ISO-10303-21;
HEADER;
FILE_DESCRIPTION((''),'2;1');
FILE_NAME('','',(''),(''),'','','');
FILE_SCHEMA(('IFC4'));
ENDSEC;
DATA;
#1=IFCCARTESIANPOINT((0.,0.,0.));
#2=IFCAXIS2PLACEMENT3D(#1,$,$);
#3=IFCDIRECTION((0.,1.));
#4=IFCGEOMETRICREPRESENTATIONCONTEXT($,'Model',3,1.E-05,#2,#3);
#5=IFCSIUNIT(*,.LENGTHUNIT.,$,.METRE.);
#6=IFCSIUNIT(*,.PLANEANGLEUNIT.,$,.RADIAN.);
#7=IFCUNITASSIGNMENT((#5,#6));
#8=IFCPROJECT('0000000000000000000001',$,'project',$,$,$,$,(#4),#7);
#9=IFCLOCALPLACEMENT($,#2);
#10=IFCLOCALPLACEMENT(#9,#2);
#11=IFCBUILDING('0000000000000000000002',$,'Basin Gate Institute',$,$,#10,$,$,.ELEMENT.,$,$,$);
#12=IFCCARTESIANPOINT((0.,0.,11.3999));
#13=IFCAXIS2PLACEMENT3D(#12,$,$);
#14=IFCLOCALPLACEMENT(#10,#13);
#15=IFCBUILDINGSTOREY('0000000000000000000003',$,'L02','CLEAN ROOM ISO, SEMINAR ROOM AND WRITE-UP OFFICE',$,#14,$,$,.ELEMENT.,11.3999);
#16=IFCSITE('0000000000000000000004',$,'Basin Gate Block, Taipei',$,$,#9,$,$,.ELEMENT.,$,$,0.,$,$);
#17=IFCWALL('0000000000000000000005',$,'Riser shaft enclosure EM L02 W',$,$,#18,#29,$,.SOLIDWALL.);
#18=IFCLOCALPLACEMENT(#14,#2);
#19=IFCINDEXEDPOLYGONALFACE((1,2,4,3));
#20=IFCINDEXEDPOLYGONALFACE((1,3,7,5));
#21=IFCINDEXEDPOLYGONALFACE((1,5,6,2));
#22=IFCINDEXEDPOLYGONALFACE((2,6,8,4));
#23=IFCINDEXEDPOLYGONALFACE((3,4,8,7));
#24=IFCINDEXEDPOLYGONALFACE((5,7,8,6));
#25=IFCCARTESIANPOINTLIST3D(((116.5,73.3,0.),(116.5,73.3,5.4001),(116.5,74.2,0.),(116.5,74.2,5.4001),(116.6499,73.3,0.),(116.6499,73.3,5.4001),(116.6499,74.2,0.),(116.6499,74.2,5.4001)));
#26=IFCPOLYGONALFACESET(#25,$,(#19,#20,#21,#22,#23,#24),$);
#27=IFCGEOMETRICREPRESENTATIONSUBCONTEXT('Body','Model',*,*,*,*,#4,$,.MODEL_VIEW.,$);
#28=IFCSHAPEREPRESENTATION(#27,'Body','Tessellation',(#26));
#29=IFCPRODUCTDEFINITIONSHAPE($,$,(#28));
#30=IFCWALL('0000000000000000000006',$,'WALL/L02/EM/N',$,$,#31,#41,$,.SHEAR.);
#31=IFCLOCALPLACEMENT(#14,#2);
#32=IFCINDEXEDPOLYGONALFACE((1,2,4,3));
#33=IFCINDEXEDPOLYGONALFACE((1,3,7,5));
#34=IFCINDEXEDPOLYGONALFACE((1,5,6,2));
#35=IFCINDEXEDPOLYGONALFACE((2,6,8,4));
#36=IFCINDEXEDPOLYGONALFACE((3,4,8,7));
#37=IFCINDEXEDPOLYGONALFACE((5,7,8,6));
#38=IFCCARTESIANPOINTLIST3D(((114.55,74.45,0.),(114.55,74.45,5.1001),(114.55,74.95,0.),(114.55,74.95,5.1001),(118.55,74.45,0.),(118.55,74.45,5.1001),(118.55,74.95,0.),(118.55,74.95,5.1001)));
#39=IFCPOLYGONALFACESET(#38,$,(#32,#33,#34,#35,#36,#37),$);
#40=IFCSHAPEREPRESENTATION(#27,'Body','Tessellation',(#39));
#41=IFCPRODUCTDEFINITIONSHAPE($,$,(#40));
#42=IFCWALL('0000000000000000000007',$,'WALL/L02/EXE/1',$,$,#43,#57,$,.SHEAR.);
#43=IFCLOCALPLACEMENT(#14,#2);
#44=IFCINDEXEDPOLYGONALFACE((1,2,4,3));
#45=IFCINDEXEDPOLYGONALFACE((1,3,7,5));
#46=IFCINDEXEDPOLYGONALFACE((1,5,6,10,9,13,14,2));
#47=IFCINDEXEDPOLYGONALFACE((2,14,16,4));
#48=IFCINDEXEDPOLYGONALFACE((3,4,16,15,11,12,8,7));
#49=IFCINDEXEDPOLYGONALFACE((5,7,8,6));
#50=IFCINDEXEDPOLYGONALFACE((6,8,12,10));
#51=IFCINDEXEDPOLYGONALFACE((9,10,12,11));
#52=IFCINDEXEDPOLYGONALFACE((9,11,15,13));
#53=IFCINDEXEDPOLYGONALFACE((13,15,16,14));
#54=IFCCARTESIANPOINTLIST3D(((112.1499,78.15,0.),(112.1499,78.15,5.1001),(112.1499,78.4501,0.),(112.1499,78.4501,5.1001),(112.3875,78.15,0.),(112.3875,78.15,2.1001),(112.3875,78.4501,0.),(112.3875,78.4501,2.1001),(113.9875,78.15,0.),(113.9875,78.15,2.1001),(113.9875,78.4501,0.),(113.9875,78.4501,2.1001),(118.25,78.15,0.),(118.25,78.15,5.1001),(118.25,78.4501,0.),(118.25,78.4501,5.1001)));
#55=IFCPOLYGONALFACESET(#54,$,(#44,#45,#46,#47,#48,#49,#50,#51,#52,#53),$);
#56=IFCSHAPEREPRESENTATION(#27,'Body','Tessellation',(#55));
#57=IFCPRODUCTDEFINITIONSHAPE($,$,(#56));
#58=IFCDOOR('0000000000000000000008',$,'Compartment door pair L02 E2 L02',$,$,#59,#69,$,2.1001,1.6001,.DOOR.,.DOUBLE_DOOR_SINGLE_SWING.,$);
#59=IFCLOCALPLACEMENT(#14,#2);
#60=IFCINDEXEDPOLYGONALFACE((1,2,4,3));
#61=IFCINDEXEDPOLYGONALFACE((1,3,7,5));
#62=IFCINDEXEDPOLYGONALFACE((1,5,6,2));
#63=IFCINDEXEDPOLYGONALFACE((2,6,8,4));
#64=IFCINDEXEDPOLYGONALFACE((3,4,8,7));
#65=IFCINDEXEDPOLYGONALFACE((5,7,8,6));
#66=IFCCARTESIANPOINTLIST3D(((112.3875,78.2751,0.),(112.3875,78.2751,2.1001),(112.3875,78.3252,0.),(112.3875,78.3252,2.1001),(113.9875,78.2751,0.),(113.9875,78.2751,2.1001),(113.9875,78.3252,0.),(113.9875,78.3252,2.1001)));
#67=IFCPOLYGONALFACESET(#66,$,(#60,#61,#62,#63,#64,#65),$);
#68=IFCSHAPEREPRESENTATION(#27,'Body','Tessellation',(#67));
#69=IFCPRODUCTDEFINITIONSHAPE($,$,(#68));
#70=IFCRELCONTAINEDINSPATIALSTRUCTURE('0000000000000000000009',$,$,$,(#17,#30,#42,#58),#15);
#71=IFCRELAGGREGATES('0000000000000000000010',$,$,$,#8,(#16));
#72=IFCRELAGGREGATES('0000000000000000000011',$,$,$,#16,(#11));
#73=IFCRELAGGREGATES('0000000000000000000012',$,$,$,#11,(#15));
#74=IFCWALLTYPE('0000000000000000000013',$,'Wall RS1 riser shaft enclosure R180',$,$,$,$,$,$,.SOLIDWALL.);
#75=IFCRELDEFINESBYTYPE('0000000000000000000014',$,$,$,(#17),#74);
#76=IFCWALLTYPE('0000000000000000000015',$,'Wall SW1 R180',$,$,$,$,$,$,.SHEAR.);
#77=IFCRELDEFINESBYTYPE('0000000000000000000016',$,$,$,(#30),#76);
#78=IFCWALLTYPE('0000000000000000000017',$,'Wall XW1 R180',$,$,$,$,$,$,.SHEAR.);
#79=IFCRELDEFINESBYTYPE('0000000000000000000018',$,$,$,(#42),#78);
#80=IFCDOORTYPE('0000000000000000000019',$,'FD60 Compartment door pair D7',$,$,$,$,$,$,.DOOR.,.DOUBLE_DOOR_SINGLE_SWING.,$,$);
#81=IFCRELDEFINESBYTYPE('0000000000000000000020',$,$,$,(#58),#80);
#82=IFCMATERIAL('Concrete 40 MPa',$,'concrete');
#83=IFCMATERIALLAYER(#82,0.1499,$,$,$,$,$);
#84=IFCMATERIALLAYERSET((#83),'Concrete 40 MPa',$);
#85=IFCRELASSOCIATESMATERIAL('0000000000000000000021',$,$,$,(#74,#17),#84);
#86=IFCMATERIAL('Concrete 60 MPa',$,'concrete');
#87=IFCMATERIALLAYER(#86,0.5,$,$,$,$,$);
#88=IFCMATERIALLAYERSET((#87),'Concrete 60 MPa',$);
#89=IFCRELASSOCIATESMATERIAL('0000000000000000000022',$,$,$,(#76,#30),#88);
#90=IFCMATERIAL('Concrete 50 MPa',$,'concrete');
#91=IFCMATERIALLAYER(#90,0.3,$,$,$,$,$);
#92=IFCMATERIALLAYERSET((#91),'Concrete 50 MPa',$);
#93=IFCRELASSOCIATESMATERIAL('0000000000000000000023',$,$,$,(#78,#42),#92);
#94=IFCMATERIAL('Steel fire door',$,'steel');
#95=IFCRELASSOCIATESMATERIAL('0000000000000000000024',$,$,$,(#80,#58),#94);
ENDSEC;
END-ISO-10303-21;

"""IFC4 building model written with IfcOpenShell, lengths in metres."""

from ifc_helpers import new_model, si_unit, direction, frame, frame_2d, origin, place, context, subcontext, project, spatial, rectangle, extrude, material, layer, layer_set, type_object, element, fill, save


model = new_model("IFC4")

# Units and contexts
model_context = context("Model", 3, precision=1e-05, world=origin(), true_north=direction((0.0, 1.0)))
body_context = subcontext(model_context, "Body", "Model", "MODEL_VIEW")
ifc_project = project(units=[si_unit("LENGTHUNIT", "METRE"), si_unit("PLANEANGLEUNIT", "RADIAN")], contexts=[model_context])

# Site, building, storey
site_placement = place(None, origin())
site = spatial("IfcSite", under=ifc_project, at=site_placement, Name="Basin Gate Block, Taipei", CompositionType="ELEMENT", RefElevation=0.0)
building_placement = place(site_placement, origin())
building = spatial("IfcBuilding", under=site, at=building_placement, Name="Basin Gate Institute", CompositionType="ELEMENT")
storey_placement = place(building_placement, frame((0.0, 0.0, 11.3999)))
storey = spatial("IfcBuildingStorey", under=building, at=storey_placement, Name="L02", Description="CLEAN ROOM ISO, SEMINAR ROOM AND WRITE-UP OFFICE", CompositionType="ELEMENT", Elevation=11.3999)

# Walls
ifc_material_1 = material(Name="Concrete 40 MPa", Category="concrete")
ifc_layer_1 = layer(ifc_material_1, 0.1499)
ifc_layer_set_1 = layer_set([ifc_layer_1], Name="Concrete 40 MPa")
wall_type_1 = type_object("IfcWallType", Name="Wall RS1 riser shaft enclosure R180", PredefinedType="SOLIDWALL", material=ifc_layer_set_1)
wall_1_placement = place(storey_placement, frame((116.575, 73.3, 0.0), z_axis=(0.0, 0.0, 1.0), x_axis=(0.0, 1.0, 0.0)))
element("IfcWall", 1, at=wall_1_placement, inside=storey, type_object=wall_type_1, material=ifc_layer_set_1, Name="Riser shaft enclosure EM L02 W", PredefinedType="SOLIDWALL", context=body_context, shape_type="SweptSolid", body=[
    extrude(rectangle(XDim=0.8999, YDim=0.1499, at=frame_2d((0.45, 0.0))), origin(), (0.0, 0.0, 1.0), 5.4001),
])
ifc_material_2 = material(Name="Concrete 60 MPa", Category="concrete")
ifc_layer_2 = layer(ifc_material_2, 0.5)
ifc_layer_set_2 = layer_set([ifc_layer_2], Name="Concrete 60 MPa")
wall_type_2 = type_object("IfcWallType", Name="Wall SW1 R180", PredefinedType="SHEAR", material=ifc_layer_set_2)
wall_2_placement = place(storey_placement, frame((118.55, 74.7, 0.0), z_axis=(0.0, 0.0, 1.0), x_axis=(-1.0, 0.0, 0.0)))
element("IfcWall", 2, at=wall_2_placement, inside=storey, type_object=wall_type_2, material=ifc_layer_set_2, Name="WALL/L02/EM/N", PredefinedType="SHEAR", context=body_context, shape_type="SweptSolid", body=[
    extrude(rectangle(XDim=4.0, YDim=0.5, at=frame_2d((2.0, 0.0))), origin(), (0.0, 0.0, 1.0), 5.1001),
])

# Wall, opening, door
ifc_material_3 = material(Name="Concrete 50 MPa", Category="concrete")
ifc_layer_3 = layer(ifc_material_3, 0.3)
ifc_layer_set_3 = layer_set([ifc_layer_3], Name="Concrete 50 MPa")
wall_type_3 = type_object("IfcWallType", Name="Wall XW1 R180", PredefinedType="SHEAR", material=ifc_layer_set_3)
wall_3_placement = place(storey_placement, frame((118.25, 78.3, 0.0), z_axis=(0.0, 0.0, 1.0), x_axis=(-1.0, 0.0, 0.0)))
wall_3 = element("IfcWall", 3, at=wall_3_placement, inside=storey, type_object=wall_type_3, material=ifc_layer_set_3, Name="WALL/L02/EXE/1", PredefinedType="SHEAR", context=body_context, shape_type="SweptSolid", body=[
    extrude(rectangle(XDim=6.1001, YDim=0.3, at=frame_2d((3.05, 0.0))), origin(), (0.0, 0.0, 1.0), 5.1001),
])
opening_1_placement = place(wall_3_placement, frame((4.2625, 0.0, 0.0)))
opening_1 = element("IfcOpeningElement", 4, at=opening_1_placement, cuts=wall_3, PredefinedType="OPENING", context=body_context, shape_type="SweptSolid", body=[
    extrude(rectangle(XDim=1.6001, YDim=2.1001, at=frame_2d((0.8, 1.05))), frame((0.0, 0.1602, 0.0), z_axis=(0.0, -1.0, 0.0), x_axis=(1.0, 0.0, 0.0)), (0.0, 0.0, 1.0), 0.3201),
])
ifc_material_4 = material(Name="Steel fire door", Category="steel")
door_type_1 = type_object("IfcDoorType", Name="FD60 Compartment door pair D7", OperationType="DOUBLE_DOOR_SINGLE_SWING", PredefinedType="DOOR", material=ifc_material_4)
door_1_placement = place(opening_1_placement, origin())
door_1 = element("IfcDoor", 5, at=door_1_placement, inside=storey, type_object=door_type_1, material=ifc_material_4, Name="Compartment door pair L02 E2 L02", OperationType="DOUBLE_DOOR_SINGLE_SWING", OverallHeight=2.1001, OverallWidth=1.6001, PredefinedType="DOOR", context=body_context, shape_type="SweptSolid", body=[
    extrude(rectangle(XDim=1.6001, YDim=2.1001, at=frame_2d((0.8, 1.05))), frame((0.0, 0.0249, 0.0), z_axis=(0.0, -1.0, 0.0), x_axis=(1.0, 0.0, 0.0)), (0.0, 0.0, 1.0), 0.05),
])
fill(opening_1, door_1)

save(model, "model.ifc")
